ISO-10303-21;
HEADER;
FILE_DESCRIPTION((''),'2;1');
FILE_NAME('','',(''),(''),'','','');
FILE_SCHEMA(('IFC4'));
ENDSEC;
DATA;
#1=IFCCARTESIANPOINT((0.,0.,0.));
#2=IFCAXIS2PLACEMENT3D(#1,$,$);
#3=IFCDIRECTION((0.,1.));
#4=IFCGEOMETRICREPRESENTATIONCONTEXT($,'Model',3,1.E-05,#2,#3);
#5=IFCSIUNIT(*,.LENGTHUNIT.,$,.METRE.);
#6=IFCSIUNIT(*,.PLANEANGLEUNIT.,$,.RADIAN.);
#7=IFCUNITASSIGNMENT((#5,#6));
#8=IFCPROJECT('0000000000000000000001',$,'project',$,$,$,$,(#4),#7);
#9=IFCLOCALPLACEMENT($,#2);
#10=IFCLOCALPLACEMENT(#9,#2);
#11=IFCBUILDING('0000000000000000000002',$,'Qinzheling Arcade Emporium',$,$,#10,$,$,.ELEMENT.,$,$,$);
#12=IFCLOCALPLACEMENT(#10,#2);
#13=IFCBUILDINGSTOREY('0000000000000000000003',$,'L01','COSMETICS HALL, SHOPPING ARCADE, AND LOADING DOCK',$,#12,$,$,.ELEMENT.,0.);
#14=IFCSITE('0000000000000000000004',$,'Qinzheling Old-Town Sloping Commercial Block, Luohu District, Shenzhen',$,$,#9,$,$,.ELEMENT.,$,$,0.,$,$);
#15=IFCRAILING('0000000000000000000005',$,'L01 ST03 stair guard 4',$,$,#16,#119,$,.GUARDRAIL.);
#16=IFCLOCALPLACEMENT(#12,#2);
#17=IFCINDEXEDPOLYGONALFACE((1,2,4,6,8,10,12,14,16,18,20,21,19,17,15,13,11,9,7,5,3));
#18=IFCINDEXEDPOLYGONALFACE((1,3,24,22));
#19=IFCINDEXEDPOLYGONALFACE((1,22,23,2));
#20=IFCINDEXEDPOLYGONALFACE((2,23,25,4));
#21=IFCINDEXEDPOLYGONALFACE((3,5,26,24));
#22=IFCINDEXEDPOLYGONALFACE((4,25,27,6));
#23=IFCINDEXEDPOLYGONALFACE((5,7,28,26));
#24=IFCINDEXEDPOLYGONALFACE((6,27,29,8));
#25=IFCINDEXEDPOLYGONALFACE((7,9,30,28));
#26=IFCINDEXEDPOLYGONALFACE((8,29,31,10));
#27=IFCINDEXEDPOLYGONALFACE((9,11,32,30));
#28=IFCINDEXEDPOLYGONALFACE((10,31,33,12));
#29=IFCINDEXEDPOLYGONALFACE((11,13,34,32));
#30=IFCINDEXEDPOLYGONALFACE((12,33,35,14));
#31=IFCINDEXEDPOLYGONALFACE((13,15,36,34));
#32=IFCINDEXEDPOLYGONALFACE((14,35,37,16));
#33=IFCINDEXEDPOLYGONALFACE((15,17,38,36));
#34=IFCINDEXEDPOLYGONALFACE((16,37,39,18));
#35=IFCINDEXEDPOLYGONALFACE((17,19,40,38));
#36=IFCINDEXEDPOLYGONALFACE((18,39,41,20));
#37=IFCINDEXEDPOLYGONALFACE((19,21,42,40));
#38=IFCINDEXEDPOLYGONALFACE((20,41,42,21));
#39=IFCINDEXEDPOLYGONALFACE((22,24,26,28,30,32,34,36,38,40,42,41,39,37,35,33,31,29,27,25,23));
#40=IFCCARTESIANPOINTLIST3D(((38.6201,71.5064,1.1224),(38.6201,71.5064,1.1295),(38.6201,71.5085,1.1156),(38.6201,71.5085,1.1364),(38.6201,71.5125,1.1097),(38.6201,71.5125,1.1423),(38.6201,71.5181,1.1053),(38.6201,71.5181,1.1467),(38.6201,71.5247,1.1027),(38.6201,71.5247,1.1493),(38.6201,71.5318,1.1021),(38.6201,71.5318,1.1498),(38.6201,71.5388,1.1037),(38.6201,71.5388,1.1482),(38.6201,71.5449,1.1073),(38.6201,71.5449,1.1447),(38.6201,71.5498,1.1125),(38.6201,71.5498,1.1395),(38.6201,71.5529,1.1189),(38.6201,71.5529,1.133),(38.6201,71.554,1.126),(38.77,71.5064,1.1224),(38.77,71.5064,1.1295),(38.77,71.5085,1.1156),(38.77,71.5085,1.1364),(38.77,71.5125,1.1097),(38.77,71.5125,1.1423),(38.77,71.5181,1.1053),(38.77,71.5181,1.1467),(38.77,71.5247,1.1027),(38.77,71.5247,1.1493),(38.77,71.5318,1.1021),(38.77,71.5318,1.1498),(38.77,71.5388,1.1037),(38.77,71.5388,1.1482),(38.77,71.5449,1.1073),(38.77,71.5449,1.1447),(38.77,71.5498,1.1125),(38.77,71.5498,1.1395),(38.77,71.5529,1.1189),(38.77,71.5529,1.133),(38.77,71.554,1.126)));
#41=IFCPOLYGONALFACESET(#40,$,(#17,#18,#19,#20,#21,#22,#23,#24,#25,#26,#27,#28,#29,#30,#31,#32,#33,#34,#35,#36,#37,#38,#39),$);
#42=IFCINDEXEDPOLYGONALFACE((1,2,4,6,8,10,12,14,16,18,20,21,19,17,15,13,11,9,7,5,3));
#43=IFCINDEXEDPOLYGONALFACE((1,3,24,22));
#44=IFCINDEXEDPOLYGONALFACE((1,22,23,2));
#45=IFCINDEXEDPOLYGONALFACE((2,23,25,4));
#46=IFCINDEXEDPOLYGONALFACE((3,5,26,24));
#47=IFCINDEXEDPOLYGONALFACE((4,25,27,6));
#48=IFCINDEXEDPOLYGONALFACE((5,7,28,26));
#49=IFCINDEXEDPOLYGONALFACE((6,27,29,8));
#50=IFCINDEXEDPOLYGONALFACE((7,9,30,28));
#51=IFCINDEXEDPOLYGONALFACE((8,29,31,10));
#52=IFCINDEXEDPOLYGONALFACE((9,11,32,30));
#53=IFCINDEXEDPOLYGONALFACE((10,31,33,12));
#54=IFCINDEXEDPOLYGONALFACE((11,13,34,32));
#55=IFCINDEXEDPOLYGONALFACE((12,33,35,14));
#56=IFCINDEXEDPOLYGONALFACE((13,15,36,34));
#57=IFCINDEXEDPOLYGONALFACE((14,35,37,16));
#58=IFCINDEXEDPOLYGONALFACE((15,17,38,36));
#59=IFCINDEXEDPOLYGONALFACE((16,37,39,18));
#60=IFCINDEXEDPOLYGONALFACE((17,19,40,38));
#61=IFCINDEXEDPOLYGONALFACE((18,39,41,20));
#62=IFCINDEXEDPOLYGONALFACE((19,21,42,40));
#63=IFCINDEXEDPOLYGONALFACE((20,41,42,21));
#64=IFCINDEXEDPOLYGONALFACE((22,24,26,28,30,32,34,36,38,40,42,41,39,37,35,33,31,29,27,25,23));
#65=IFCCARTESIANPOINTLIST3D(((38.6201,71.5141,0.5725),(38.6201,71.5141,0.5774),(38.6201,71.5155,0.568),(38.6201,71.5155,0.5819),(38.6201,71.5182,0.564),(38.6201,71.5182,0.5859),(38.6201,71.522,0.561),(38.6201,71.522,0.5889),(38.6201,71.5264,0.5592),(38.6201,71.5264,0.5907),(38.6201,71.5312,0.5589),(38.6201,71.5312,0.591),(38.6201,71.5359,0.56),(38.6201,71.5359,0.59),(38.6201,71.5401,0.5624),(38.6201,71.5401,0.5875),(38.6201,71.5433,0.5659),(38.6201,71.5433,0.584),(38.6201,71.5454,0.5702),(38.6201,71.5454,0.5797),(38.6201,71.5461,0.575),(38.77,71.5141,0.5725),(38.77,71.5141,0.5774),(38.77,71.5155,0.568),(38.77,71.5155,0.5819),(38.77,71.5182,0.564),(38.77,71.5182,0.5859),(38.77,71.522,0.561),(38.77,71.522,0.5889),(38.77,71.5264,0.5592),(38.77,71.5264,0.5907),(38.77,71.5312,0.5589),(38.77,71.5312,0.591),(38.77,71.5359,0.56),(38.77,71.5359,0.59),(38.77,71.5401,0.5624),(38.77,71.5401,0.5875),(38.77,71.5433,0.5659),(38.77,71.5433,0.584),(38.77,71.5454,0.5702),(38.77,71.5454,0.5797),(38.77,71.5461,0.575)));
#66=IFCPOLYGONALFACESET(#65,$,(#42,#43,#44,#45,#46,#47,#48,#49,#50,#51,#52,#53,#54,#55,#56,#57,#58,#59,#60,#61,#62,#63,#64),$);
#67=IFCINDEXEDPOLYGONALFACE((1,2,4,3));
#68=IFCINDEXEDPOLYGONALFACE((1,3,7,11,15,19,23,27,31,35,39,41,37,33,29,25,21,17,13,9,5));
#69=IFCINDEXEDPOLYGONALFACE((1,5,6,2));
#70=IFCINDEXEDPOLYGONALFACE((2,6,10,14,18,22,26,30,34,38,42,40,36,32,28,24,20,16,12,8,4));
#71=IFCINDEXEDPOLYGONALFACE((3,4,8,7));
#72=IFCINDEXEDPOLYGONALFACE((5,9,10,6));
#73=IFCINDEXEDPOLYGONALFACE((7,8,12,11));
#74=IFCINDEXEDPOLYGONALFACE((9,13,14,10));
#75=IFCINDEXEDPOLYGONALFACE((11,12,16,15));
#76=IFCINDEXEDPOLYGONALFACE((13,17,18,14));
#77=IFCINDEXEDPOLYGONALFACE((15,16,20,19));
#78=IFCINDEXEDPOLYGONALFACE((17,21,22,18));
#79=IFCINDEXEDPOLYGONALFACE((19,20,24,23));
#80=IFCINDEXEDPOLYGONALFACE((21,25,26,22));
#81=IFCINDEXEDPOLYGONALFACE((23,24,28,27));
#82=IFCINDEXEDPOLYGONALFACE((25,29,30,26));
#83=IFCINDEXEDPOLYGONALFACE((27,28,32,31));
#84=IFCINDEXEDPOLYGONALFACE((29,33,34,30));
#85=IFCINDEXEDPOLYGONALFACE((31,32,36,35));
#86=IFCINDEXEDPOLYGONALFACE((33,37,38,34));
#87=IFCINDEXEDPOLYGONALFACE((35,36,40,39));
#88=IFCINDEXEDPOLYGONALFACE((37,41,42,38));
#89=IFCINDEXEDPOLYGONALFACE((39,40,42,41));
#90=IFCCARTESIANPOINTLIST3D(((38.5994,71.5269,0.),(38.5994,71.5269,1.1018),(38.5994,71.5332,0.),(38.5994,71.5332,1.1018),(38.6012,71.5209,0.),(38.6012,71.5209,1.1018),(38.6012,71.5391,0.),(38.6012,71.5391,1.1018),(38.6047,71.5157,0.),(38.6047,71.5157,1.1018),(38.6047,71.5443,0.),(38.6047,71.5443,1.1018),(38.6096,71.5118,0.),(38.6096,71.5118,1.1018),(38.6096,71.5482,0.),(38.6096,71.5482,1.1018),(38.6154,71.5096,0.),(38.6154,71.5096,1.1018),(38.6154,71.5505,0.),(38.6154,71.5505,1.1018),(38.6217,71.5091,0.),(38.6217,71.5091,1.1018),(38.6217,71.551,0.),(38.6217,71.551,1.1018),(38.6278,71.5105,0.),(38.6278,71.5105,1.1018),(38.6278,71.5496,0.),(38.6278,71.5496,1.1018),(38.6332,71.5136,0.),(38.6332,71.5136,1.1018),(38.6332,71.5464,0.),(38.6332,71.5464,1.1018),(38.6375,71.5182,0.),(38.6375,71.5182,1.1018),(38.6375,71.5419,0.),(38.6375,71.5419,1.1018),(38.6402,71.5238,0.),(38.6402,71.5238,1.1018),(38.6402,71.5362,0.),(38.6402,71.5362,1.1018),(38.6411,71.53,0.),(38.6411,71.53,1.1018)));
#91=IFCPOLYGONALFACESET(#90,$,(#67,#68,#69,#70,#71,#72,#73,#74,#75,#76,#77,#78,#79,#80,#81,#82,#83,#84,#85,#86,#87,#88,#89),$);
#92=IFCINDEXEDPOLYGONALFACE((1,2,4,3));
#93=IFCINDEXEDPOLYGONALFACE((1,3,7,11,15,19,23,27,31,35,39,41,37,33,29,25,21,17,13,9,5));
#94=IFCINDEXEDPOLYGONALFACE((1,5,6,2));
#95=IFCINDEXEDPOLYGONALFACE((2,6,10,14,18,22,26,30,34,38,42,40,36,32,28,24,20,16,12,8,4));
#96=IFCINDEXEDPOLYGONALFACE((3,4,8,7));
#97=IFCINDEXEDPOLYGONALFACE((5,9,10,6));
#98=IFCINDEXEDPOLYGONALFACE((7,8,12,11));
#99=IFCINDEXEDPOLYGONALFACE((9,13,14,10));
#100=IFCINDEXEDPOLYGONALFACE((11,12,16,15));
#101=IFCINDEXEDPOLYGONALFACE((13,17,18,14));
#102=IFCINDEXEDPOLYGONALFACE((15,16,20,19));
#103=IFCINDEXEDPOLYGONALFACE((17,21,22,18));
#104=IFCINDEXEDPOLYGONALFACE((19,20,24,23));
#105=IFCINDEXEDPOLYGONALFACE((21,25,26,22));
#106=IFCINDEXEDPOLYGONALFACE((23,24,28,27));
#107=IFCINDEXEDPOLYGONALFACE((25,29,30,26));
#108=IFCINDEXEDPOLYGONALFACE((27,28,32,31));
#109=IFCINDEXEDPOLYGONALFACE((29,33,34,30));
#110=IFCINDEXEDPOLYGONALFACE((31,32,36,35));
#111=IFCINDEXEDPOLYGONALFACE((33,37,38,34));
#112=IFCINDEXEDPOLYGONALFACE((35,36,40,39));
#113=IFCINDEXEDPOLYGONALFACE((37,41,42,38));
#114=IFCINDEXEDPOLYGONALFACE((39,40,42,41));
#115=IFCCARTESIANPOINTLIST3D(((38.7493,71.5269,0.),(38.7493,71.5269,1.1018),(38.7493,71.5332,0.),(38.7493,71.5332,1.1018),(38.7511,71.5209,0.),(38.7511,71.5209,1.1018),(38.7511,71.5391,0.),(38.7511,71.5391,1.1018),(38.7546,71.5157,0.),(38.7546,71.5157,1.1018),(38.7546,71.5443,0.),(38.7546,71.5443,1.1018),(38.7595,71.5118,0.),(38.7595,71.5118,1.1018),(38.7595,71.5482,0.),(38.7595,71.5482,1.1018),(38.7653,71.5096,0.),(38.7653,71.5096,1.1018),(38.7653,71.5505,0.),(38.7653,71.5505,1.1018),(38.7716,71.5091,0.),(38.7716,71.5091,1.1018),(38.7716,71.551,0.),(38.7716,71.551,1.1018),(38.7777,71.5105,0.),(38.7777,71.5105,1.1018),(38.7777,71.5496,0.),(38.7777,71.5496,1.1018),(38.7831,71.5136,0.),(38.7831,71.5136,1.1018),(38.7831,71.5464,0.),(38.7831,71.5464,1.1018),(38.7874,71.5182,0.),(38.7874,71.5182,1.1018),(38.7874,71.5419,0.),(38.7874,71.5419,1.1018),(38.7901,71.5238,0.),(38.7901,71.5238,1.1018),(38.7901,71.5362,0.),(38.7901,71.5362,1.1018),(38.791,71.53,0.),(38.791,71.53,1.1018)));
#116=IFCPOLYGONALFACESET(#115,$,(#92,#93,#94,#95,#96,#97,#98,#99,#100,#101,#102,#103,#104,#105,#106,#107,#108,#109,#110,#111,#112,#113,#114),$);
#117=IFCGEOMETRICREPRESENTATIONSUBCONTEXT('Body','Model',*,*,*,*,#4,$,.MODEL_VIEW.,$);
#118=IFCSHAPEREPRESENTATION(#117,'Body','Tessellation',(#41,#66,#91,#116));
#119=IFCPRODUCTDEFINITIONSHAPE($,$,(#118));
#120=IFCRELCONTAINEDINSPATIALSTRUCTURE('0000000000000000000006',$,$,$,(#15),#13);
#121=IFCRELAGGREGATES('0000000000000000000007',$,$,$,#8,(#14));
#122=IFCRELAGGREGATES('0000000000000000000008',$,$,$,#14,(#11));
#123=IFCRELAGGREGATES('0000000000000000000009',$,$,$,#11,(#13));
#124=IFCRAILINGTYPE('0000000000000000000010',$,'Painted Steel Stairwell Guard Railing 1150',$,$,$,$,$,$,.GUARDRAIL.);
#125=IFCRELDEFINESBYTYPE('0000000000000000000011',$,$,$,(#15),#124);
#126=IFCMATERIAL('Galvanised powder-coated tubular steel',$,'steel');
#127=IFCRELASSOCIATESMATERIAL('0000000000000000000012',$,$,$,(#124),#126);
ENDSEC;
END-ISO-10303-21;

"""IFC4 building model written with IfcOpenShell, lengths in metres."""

from ifc_helpers import new_model, si_unit, direction, frame, origin, origin_2d, place, context, subcontext, project, spatial, circle, extrude, material, type_object, element, save


model = new_model("IFC4")

# Units and contexts
model_context = context("Model", 3, precision=1e-05, world=origin(), true_north=direction((0.0, 1.0)))
body_context = subcontext(model_context, "Body", "Model", "MODEL_VIEW")
ifc_project = project(units=[si_unit("LENGTHUNIT", "METRE"), si_unit("PLANEANGLEUNIT", "RADIAN")], contexts=[model_context])

# Site, building, storey
site_placement = place(None, origin())
site = spatial("IfcSite", under=ifc_project, at=site_placement, Name="Qinzheling Old-Town Sloping Commercial Block, Luohu District, Shenzhen", CompositionType="ELEMENT", RefElevation=0.0)
building_placement = place(site_placement, origin())
building = spatial("IfcBuilding", under=site, at=building_placement, Name="Qinzheling Arcade Emporium", CompositionType="ELEMENT")
storey_placement = place(building_placement, origin())
storey = spatial("IfcBuildingStorey", under=building, at=storey_placement, Name="L01", Description="COSMETICS HALL, SHOPPING ARCADE, AND LOADING DOCK", CompositionType="ELEMENT", Elevation=0.0)

# Railing
ifc_material_1 = material(Name="Galvanised powder-coated tubular steel", Category="steel")
railing_type_1 = type_object("IfcRailingType", Name="Painted Steel Stairwell Guard Railing 1150", PredefinedType="GUARDRAIL", material=ifc_material_1)
railing_1_placement = place(storey_placement, frame((38.6201, 71.53, 0.0)))
element("IfcRailing", 1, at=railing_1_placement, inside=storey, type_object=railing_type_1, Name="L01 ST03 stair guard 4", PredefinedType="GUARDRAIL", context=body_context, shape_type="SweptSolid", body=[
    extrude(circle(Radius=0.0239, at=origin_2d()), frame((0.0, 0.0, 1.126), z_axis=(1.0, 0.0, 0.0), x_axis=(0.0, 1.0, 0.0)), (0.0, 0.0, 1.0), 0.1499),
    extrude(circle(Radius=0.0161, at=origin_2d()), frame((0.0, 0.0, 0.575), z_axis=(1.0, 0.0, 0.0), x_axis=(0.0, 1.0, 0.0)), (0.0, 0.0, 1.0), 0.1499),
    extrude(circle(Radius=0.021, at=origin_2d()), origin(), (0.0, 0.0, 1.0), 1.1018),
    extrude(circle(Radius=0.021, at=origin_2d()), frame((0.1499, 0.0, 0.0)), (0.0, 0.0, 1.0), 1.1018),
])

save(model, "model.ifc")
